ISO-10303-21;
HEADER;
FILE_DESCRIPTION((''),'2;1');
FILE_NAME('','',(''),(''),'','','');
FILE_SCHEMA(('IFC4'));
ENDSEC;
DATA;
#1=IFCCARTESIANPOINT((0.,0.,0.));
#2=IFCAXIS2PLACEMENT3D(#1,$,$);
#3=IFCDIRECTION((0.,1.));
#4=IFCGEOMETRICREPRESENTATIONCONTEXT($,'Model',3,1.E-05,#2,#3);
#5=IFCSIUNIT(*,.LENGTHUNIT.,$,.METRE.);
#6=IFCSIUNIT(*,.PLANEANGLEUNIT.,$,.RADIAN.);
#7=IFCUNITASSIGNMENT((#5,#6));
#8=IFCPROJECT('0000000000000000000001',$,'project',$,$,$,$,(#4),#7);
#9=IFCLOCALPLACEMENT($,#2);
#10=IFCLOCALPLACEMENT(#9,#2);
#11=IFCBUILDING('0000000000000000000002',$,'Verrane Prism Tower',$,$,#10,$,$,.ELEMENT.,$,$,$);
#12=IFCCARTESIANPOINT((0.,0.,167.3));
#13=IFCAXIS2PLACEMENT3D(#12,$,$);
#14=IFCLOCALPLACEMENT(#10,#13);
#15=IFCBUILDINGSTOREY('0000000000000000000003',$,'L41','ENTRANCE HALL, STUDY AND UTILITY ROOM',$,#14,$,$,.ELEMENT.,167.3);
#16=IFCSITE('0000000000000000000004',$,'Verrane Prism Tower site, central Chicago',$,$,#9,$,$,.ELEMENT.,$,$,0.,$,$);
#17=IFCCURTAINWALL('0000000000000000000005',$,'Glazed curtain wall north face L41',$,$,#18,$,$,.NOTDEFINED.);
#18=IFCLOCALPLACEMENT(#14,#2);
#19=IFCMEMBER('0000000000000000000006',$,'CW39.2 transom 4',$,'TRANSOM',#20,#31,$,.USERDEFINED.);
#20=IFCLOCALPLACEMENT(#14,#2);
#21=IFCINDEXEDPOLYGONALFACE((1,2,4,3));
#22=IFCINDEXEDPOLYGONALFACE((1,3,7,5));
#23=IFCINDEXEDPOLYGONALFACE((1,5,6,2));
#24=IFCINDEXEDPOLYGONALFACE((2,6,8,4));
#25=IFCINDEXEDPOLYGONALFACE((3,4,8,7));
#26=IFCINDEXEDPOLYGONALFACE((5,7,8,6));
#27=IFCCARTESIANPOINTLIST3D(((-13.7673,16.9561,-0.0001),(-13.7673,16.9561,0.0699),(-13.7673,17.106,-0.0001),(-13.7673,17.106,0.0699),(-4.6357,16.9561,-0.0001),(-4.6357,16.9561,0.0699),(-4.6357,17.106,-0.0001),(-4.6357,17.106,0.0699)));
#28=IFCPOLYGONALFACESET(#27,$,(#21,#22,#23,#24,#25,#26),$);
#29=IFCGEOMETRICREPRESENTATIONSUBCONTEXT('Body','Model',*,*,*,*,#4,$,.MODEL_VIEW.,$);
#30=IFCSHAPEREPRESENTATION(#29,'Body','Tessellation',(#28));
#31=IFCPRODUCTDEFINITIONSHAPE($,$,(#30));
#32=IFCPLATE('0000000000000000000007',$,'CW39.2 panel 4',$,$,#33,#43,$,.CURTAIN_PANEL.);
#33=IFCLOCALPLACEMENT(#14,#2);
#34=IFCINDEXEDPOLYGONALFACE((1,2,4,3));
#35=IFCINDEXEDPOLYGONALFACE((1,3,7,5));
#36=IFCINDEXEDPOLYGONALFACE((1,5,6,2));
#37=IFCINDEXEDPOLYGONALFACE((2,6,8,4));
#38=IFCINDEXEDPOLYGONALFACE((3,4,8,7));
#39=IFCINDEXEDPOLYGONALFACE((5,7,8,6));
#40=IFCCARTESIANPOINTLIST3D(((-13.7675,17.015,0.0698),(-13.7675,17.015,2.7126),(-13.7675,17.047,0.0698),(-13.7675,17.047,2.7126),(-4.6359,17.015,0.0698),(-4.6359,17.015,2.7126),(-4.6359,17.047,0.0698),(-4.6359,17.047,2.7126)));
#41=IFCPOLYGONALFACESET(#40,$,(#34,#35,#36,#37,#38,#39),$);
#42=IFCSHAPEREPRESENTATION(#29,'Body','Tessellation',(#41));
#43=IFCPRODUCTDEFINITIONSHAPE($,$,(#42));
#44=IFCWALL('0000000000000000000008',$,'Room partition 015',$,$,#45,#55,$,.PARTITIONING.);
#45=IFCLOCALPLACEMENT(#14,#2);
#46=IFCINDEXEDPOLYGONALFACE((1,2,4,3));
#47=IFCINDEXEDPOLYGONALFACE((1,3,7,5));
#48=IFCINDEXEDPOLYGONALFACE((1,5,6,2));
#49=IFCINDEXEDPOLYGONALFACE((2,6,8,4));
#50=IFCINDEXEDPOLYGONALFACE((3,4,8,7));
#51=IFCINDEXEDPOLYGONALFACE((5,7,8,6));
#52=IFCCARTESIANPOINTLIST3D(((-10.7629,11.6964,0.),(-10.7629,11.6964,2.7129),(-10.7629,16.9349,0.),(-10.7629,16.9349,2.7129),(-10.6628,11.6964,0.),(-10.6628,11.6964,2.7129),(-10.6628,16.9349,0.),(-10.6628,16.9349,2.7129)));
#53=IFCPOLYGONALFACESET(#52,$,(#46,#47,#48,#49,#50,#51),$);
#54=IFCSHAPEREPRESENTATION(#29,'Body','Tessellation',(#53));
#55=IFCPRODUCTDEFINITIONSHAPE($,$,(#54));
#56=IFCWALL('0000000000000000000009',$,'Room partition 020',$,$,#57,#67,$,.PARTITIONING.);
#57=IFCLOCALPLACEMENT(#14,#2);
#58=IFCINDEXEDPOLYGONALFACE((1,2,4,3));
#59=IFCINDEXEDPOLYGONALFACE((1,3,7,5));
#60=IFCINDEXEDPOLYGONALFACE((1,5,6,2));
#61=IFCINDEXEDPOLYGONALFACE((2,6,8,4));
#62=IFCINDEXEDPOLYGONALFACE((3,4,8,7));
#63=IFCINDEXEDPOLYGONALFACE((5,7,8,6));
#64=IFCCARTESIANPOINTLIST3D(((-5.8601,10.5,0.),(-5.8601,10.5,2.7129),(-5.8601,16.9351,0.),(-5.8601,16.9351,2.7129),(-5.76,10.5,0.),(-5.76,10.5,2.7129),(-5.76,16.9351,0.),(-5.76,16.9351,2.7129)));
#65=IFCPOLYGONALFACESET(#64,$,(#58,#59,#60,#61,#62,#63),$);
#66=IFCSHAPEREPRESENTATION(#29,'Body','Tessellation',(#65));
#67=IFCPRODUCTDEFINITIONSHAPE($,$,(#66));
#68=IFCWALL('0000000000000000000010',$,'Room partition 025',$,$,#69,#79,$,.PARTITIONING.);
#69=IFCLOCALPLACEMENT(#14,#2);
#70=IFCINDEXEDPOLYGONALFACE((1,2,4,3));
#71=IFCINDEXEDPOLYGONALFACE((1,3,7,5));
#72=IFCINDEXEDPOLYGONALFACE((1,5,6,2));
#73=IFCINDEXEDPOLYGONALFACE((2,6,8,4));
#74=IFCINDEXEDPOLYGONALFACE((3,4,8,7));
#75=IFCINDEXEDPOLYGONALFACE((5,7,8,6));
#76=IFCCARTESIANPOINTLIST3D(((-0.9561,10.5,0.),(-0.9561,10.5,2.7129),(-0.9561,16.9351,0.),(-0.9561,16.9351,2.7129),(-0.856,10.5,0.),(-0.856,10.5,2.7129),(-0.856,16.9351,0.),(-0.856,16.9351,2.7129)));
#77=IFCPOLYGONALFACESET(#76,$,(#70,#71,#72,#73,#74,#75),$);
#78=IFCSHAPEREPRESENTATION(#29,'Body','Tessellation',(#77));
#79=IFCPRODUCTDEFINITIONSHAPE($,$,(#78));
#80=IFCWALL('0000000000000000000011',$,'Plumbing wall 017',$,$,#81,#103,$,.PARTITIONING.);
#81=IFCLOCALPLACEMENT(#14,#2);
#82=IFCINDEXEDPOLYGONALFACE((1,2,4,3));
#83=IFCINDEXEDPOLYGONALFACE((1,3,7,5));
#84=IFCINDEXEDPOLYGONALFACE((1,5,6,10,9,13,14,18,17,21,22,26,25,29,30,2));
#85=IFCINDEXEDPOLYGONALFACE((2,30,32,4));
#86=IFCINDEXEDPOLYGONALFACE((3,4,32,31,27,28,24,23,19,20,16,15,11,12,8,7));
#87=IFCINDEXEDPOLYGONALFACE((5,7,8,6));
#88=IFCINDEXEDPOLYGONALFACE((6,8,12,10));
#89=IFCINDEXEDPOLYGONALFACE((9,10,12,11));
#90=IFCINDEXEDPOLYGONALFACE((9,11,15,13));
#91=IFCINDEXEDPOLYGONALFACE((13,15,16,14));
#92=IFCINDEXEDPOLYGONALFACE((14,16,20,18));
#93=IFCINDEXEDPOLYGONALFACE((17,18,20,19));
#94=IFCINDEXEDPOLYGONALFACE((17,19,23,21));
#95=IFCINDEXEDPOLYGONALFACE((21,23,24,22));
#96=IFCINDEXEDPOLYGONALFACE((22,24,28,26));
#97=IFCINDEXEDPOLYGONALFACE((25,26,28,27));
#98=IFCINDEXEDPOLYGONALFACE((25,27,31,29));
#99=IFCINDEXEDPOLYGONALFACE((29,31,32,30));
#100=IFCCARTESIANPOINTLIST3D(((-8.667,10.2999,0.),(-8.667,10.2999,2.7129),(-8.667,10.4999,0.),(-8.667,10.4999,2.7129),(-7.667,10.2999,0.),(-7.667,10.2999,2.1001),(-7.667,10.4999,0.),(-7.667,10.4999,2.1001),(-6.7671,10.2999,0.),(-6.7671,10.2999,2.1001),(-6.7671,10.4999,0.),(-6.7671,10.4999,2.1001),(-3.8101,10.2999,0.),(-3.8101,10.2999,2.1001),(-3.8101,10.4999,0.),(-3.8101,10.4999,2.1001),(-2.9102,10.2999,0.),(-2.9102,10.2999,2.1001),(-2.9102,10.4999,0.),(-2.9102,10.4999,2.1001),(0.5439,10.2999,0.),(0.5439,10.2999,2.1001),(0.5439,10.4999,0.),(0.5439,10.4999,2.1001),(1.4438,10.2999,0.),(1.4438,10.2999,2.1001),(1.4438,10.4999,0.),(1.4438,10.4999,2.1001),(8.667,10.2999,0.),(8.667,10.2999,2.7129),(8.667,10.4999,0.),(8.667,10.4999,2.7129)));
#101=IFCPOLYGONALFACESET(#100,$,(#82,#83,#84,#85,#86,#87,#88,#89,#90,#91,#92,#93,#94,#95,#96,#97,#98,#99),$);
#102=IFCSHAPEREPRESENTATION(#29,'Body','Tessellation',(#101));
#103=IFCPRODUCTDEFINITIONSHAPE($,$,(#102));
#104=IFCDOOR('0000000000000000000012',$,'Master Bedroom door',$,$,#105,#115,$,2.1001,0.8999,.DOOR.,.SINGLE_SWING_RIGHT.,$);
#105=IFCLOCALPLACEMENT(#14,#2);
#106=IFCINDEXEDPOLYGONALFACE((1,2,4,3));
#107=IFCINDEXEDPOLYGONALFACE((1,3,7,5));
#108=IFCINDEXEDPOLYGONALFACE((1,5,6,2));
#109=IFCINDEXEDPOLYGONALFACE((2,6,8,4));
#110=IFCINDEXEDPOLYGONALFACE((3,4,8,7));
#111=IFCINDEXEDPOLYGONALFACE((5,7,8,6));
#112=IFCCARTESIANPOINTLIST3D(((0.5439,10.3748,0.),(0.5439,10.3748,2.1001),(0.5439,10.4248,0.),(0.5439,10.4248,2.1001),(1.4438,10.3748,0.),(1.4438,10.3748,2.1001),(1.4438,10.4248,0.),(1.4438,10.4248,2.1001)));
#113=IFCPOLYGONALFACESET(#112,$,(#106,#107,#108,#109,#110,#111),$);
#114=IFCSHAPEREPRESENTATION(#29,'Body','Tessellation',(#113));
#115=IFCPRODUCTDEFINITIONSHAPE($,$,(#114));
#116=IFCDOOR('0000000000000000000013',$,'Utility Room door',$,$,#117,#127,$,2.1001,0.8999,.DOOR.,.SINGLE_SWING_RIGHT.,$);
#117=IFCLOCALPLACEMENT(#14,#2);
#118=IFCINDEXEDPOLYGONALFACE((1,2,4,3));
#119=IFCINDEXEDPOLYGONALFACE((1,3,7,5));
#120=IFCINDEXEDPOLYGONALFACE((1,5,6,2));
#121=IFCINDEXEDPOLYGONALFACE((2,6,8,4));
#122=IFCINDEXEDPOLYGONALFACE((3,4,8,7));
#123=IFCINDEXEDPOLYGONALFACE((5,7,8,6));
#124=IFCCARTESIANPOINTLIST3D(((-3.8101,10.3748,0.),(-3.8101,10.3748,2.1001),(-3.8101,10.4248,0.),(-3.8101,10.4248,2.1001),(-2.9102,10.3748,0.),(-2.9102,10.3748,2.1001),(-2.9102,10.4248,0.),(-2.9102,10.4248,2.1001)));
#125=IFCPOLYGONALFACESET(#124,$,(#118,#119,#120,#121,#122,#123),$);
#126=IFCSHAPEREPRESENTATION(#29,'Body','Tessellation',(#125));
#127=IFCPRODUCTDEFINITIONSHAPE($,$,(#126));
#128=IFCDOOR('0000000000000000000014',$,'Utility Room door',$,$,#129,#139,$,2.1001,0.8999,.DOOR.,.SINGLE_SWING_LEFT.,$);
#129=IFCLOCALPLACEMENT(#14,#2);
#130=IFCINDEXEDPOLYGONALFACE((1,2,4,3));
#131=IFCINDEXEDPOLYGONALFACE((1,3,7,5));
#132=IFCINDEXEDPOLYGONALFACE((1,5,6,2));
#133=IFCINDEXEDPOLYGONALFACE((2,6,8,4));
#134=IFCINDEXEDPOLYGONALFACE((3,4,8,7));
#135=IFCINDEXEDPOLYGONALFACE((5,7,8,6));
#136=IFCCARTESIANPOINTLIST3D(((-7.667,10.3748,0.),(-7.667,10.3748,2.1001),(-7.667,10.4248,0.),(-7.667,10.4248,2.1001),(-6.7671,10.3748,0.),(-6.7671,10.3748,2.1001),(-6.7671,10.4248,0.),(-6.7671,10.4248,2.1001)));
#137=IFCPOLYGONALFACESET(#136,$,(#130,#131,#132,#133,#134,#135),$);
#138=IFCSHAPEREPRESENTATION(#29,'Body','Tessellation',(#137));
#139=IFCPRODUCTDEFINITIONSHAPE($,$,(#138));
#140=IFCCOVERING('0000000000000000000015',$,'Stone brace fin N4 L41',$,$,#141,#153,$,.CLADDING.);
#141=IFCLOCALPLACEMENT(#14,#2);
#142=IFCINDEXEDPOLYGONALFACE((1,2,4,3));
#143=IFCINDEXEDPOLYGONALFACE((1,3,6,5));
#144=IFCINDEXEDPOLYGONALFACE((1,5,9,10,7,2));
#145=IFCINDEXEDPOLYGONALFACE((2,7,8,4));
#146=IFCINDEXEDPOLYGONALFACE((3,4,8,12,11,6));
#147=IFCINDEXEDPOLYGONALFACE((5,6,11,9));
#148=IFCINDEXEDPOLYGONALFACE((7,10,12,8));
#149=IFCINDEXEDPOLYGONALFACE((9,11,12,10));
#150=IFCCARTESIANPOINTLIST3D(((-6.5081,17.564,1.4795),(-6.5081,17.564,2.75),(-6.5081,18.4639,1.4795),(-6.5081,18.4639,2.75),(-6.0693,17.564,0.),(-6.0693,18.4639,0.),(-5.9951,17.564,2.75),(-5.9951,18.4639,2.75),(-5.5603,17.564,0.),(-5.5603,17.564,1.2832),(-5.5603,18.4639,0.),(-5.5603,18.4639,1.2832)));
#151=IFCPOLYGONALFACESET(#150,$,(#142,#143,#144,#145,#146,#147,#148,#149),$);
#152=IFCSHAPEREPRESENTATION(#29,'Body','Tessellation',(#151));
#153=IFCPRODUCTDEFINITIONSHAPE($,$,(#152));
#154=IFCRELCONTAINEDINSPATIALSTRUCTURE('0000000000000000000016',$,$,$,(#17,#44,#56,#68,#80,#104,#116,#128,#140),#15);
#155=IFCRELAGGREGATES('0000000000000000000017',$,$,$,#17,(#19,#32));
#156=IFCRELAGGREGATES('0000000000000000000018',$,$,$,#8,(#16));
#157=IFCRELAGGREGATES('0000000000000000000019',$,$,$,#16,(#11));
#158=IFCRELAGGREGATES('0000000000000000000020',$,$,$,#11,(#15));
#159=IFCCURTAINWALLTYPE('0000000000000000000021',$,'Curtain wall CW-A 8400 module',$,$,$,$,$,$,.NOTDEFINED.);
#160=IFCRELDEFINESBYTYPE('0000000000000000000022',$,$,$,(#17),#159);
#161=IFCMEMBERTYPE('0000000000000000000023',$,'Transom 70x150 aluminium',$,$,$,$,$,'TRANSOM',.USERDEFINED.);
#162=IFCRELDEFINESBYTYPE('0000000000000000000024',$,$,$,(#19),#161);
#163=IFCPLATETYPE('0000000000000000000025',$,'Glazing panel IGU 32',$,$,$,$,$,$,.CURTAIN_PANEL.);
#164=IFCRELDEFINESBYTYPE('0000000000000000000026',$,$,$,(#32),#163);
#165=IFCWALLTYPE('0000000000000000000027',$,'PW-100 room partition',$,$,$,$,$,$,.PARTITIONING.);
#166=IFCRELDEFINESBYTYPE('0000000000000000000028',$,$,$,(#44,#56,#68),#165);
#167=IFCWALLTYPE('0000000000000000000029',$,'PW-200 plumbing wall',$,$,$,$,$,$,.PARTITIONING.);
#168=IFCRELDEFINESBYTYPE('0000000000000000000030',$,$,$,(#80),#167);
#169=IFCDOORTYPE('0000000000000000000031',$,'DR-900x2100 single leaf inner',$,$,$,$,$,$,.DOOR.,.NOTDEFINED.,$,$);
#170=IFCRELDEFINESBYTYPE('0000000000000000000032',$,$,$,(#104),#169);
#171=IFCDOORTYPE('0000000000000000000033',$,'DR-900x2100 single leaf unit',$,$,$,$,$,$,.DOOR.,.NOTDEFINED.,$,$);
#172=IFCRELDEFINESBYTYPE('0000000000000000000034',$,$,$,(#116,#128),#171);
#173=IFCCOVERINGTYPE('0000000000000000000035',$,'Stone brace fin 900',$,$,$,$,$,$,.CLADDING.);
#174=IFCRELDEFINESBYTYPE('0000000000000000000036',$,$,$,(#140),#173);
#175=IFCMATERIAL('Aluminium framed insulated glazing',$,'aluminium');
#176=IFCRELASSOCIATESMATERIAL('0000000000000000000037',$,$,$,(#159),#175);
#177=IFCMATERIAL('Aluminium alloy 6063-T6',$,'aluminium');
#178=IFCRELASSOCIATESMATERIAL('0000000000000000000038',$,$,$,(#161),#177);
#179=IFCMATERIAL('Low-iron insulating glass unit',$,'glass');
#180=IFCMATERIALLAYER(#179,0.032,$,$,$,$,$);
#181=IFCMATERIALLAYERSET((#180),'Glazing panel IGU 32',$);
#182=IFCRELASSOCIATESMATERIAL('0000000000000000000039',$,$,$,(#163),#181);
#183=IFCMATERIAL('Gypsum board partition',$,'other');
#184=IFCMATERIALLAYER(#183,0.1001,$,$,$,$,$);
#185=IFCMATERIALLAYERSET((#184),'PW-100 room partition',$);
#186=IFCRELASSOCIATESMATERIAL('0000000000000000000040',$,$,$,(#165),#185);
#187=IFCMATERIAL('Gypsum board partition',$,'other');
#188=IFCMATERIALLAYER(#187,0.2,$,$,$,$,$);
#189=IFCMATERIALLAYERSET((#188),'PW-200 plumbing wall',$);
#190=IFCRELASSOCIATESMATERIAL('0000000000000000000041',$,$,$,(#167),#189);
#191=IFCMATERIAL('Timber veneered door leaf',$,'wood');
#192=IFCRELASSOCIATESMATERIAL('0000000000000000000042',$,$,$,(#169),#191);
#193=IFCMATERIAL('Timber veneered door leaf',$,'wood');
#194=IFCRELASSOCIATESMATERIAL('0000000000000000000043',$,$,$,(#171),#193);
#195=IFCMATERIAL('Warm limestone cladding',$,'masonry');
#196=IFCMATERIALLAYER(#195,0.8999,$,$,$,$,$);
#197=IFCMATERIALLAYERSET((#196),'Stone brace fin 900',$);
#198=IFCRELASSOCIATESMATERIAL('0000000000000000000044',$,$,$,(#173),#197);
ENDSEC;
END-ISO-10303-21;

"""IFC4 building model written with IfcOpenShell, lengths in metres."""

from ifc_helpers import new_model, si_unit, direction, frame, frame_2d, origin, origin_2d, place, context, subcontext, project, spatial, polyline, rectangle, outline, extrude, material, layer, layer_set, material_profile, profile_set, type_object, element, fill, aggregate, save


model = new_model("IFC4")

# Units and contexts
model_context = context("Model", 3, precision=1e-05, world=origin(), true_north=direction((0.0, 1.0)))
body_context = subcontext(model_context, "Body", "Model", "MODEL_VIEW")
ifc_project = project(units=[si_unit("LENGTHUNIT", "METRE"), si_unit("PLANEANGLEUNIT", "RADIAN")], contexts=[model_context])

# Site, building, storey
site_placement = place(None, origin())
site = spatial("IfcSite", under=ifc_project, at=site_placement, Name="Verrane Prism Tower site, central Chicago", CompositionType="ELEMENT", RefElevation=0.0)
building_placement = place(site_placement, origin())
building = spatial("IfcBuilding", under=site, at=building_placement, Name="Verrane Prism Tower", CompositionType="ELEMENT")
storey_placement = place(building_placement, frame((0.0, 0.0, 167.3)))
storey = spatial("IfcBuildingStorey", under=building, at=storey_placement, Name="L41", Description="ENTRANCE HALL, STUDY AND UTILITY ROOM", CompositionType="ELEMENT", Elevation=167.3)

# Curtain wall
ifc_material_1 = material(Name="Aluminium framed insulated glazing", Category="aluminium")
curtain_wall_type = type_object("IfcCurtainWallType", Name="Curtain wall CW-A 8400 module", PredefinedType="NOTDEFINED", material=ifc_material_1)
curtain_wall_placement = place(storey_placement, origin())
curtain_wall = element("IfcCurtainWall", 1, at=curtain_wall_placement, inside=storey, type_object=curtain_wall_type, Name="Glazed curtain wall north face L41", PredefinedType="NOTDEFINED")

# Member
ifc_material_2 = material(Name="Aluminium alloy 6063-T6", Category="aluminium")
ifc_material_profile_1 = material_profile(ifc_material_2, rectangle(XDim=0.1499, YDim=0.0701, at=origin_2d()), Name="Transom 70x150 aluminium")
ifc_profile_set_1 = profile_set([ifc_material_profile_1], Name="Aluminium alloy 6063-T6")
member_type_1 = type_object("IfcMemberType", Name="Transom 70x150 aluminium", ElementType="TRANSOM", PredefinedType="USERDEFINED", material=ifc_profile_set_1)
member_1_placement = place(storey_placement, frame((-4.6357, 17.031, 0.0349), z_axis=(-1.0, 0.0, 0.0), x_axis=(0.0, -1.0, 0.0)))
member_1 = element("IfcMember", 2, at=member_1_placement, type_object=member_type_1, Name="CW39.2 transom 4", ObjectType="TRANSOM", PredefinedType="USERDEFINED", context=body_context, shape_type="SweptSolid", body=[
    extrude(rectangle(XDim=0.1499, YDim=0.0701, at=origin_2d()), origin(), (0.0, 0.0, 1.0), 9.1316),
])

# Plate
ifc_material_3 = material(Name="Low-iron insulating glass unit", Category="glass")
ifc_layer_1 = layer(ifc_material_3, 0.032)
ifc_layer_set_1 = layer_set([ifc_layer_1], Name="Glazing panel IGU 32")
plate_type = type_object("IfcPlateType", Name="Glazing panel IGU 32", PredefinedType="CURTAIN_PANEL", material=ifc_layer_set_1)
plate_placement = place(storey_placement, frame((-9.2017, 17.031, 0.0698), z_axis=(0.0, 0.0, 1.0), x_axis=(-1.0, 0.0, 0.0)))
plate = element("IfcPlate", 3, at=plate_placement, type_object=plate_type, Name="CW39.2 panel 4", PredefinedType="CURTAIN_PANEL", context=body_context, shape_type="SweptSolid", body=[
    extrude(rectangle(XDim=9.1316, YDim=0.032, at=origin_2d()), origin(), (0.0, 0.0, 1.0), 2.6428),
])
aggregate(curtain_wall, [member_1, plate])

# Walls
ifc_material_4 = material(Name="Gypsum board partition", Category="other")
ifc_layer_2 = layer(ifc_material_4, 0.1001)
ifc_layer_set_2 = layer_set([ifc_layer_2], Name="PW-100 room partition")
wall_type_1 = type_object("IfcWallType", Name="PW-100 room partition", PredefinedType="PARTITIONING", material=ifc_layer_set_2)
wall_1_placement = place(storey_placement, frame((-10.7129, 11.6965, 0.0), z_axis=(0.0, 0.0, 1.0), x_axis=(0.0, 1.0, 0.0)))
element("IfcWall", 4, at=wall_1_placement, inside=storey, type_object=wall_type_1, Name="Room partition 015", PredefinedType="PARTITIONING", context=body_context, shape_type="SweptSolid", body=[
    extrude(rectangle(XDim=5.2385, YDim=0.1001, at=frame_2d((2.6191, 0.0))), origin(), (0.0, 0.0, 1.0), 2.7129),
])
for number, where, z_axis, x_axis, name in (
    (5, (-5.8101, 10.5, 0.0), (0.0, 0.0, 1.0), (0.0, 1.0, 0.0), "Room partition 020"),
    (6, (-0.906, 10.5, 0.0), (0.0, 0.0, 1.0), (0.0, 1.0, 0.0), "Room partition 025"),
):
    element("IfcWall", number, at=place(storey_placement, frame(where, z_axis=z_axis, x_axis=x_axis)), inside=storey, type_object=wall_type_1, Name=name, PredefinedType="PARTITIONING", context=body_context, shape_type="SweptSolid", body=[
        extrude(rectangle(XDim=6.4351, YDim=0.1001, at=frame_2d((3.2175, 0.0))), origin(), (0.0, 0.0, 1.0), 2.7129),
    ])

# Wall, openings, doors
ifc_material_5 = material(Name="Gypsum board partition", Category="other")
ifc_layer_3 = layer(ifc_material_5, 0.2)
ifc_layer_set_3 = layer_set([ifc_layer_3], Name="PW-200 plumbing wall")
wall_type_2 = type_object("IfcWallType", Name="PW-200 plumbing wall", PredefinedType="PARTITIONING", material=ifc_layer_set_3)
wall_2_placement = place(storey_placement, frame((-8.667, 10.3999, 0.0), z_axis=(0.0, 0.0, 1.0), x_axis=(1.0, 0.0, 0.0)))
wall_2 = element("IfcWall", 7, at=wall_2_placement, inside=storey, type_object=wall_type_2, Name="Plumbing wall 017", PredefinedType="PARTITIONING", context=body_context, shape_type="SweptSolid", body=[
    extrude(rectangle(XDim=17.334, YDim=0.2, at=frame_2d((8.667, 0.0))), origin(), (0.0, 0.0, 1.0), 2.7129),
])
opening_1_placement = place(wall_2_placement, frame((9.2109, 0.0, 0.0)))
opening_1 = element("IfcOpeningElement", 8, at=opening_1_placement, cuts=wall_2, PredefinedType="OPENING", context=body_context, shape_type="SweptSolid", body=[
    extrude(rectangle(XDim=0.8999, YDim=2.1001, at=frame_2d((0.45, 1.05))), frame((0.0, 0.1099, 0.0), z_axis=(0.0, -1.0, 0.0), x_axis=(1.0, 0.0, 0.0)), (0.0, 0.0, 1.0), 0.22),
])
opening_2_placement = place(wall_2_placement, frame((4.8569, 0.0, 0.0)))
opening_2 = element("IfcOpeningElement", 9, at=opening_2_placement, cuts=wall_2, PredefinedType="OPENING", context=body_context, shape_type="SweptSolid", body=[
    extrude(rectangle(XDim=0.8999, YDim=2.1001, at=frame_2d((0.45, 1.05))), frame((0.0, 0.1099, 0.0), z_axis=(0.0, -1.0, 0.0), x_axis=(1.0, 0.0, 0.0)), (0.0, 0.0, 1.0), 0.22),
])
opening_3_placement = place(wall_2_placement, frame((1.0, 0.0, 0.0)))
opening_3 = element("IfcOpeningElement", 10, at=opening_3_placement, cuts=wall_2, PredefinedType="OPENING", context=body_context, shape_type="SweptSolid", body=[
    extrude(rectangle(XDim=0.8999, YDim=2.1001, at=frame_2d((0.45, 1.05))), frame((0.0, 0.1099, 0.0), z_axis=(0.0, -1.0, 0.0), x_axis=(1.0, 0.0, 0.0)), (0.0, 0.0, 1.0), 0.22),
])
ifc_material_6 = material(Name="Timber veneered door leaf", Category="wood")
door_type_1 = type_object("IfcDoorType", Name="DR-900x2100 single leaf inner", OperationType="NOTDEFINED", PredefinedType="DOOR", material=ifc_material_6)
door_1_placement = place(opening_1_placement, origin())
door_1 = element("IfcDoor", 11, at=door_1_placement, inside=storey, type_object=door_type_1, Name="Master Bedroom door", OperationType="SINGLE_SWING_RIGHT", OverallHeight=2.1001, OverallWidth=0.8999, PredefinedType="DOOR", context=body_context, shape_type="SweptSolid", body=[
    extrude(rectangle(XDim=0.8999, YDim=2.1001, at=frame_2d((0.45, 1.05))), frame((0.0, 0.0249, 0.0), z_axis=(0.0, -1.0, 0.0), x_axis=(1.0, 0.0, 0.0)), (0.0, 0.0, 1.0), 0.05),
])
fill(opening_1, door_1)
ifc_material_7 = material(Name="Timber veneered door leaf", Category="wood")
door_type_2 = type_object("IfcDoorType", Name="DR-900x2100 single leaf unit", OperationType="NOTDEFINED", PredefinedType="DOOR", material=ifc_material_7)
door_2_placement = place(opening_2_placement, origin())
door_2 = element("IfcDoor", 12, at=door_2_placement, inside=storey, type_object=door_type_2, Name="Utility Room door", OperationType="SINGLE_SWING_RIGHT", OverallHeight=2.1001, OverallWidth=0.8999, PredefinedType="DOOR", context=body_context, shape_type="SweptSolid", body=[
    extrude(rectangle(XDim=0.8999, YDim=2.1001, at=frame_2d((0.45, 1.05))), frame((0.0, 0.0249, 0.0), z_axis=(0.0, -1.0, 0.0), x_axis=(1.0, 0.0, 0.0)), (0.0, 0.0, 1.0), 0.05),
])
fill(opening_2, door_2)
door_3_placement = place(opening_3_placement, origin())
door_3 = element("IfcDoor", 13, at=door_3_placement, inside=storey, type_object=door_type_2, Name="Utility Room door", OperationType="SINGLE_SWING_LEFT", OverallHeight=2.1001, OverallWidth=0.8999, PredefinedType="DOOR", context=body_context, shape_type="SweptSolid", body=[
    extrude(rectangle(XDim=0.8999, YDim=2.1001, at=frame_2d((0.45, 1.05))), frame((0.0, 0.0249, 0.0), z_axis=(0.0, -1.0, 0.0), x_axis=(1.0, 0.0, 0.0)), (0.0, 0.0, 1.0), 0.05),
])
fill(opening_3, door_3)

# Covering
ifc_material_8 = material(Name="Warm limestone cladding", Category="masonry")
ifc_layer_4 = layer(ifc_material_8, 0.8999)
ifc_layer_set_4 = layer_set([ifc_layer_4], Name="Stone brace fin 900")
covering_type = type_object("IfcCoveringType", Name="Stone brace fin 900", PredefinedType="CLADDING", material=ifc_layer_set_4)
covering_placement = place(storey_placement, frame((-5.5603, 18.0139, 0.0), z_axis=(0.0, 0.0, 1.0), x_axis=(-1.0, 0.0, 0.0)))
element("IfcCovering", 14, at=covering_placement, inside=storey, type_object=covering_type, Name="Stone brace fin N4 L41", PredefinedType="CLADDING", context=body_context, shape_type="SweptSolid", body=[
    extrude(outline(polyline([(0.9478, 2.75), (0.4348, 2.75), (0.0, 1.2832), (0.0, 0.0), (0.509, 0.0), (0.9478, 1.4795), (0.9478, 2.75)])), frame((0.0, 0.45, 0.0), z_axis=(0.0, -1.0, 0.0), x_axis=(1.0, 0.0, 0.0)), (0.0, 0.0, 1.0), 0.8999),
])

save(model, "model.ifc")
